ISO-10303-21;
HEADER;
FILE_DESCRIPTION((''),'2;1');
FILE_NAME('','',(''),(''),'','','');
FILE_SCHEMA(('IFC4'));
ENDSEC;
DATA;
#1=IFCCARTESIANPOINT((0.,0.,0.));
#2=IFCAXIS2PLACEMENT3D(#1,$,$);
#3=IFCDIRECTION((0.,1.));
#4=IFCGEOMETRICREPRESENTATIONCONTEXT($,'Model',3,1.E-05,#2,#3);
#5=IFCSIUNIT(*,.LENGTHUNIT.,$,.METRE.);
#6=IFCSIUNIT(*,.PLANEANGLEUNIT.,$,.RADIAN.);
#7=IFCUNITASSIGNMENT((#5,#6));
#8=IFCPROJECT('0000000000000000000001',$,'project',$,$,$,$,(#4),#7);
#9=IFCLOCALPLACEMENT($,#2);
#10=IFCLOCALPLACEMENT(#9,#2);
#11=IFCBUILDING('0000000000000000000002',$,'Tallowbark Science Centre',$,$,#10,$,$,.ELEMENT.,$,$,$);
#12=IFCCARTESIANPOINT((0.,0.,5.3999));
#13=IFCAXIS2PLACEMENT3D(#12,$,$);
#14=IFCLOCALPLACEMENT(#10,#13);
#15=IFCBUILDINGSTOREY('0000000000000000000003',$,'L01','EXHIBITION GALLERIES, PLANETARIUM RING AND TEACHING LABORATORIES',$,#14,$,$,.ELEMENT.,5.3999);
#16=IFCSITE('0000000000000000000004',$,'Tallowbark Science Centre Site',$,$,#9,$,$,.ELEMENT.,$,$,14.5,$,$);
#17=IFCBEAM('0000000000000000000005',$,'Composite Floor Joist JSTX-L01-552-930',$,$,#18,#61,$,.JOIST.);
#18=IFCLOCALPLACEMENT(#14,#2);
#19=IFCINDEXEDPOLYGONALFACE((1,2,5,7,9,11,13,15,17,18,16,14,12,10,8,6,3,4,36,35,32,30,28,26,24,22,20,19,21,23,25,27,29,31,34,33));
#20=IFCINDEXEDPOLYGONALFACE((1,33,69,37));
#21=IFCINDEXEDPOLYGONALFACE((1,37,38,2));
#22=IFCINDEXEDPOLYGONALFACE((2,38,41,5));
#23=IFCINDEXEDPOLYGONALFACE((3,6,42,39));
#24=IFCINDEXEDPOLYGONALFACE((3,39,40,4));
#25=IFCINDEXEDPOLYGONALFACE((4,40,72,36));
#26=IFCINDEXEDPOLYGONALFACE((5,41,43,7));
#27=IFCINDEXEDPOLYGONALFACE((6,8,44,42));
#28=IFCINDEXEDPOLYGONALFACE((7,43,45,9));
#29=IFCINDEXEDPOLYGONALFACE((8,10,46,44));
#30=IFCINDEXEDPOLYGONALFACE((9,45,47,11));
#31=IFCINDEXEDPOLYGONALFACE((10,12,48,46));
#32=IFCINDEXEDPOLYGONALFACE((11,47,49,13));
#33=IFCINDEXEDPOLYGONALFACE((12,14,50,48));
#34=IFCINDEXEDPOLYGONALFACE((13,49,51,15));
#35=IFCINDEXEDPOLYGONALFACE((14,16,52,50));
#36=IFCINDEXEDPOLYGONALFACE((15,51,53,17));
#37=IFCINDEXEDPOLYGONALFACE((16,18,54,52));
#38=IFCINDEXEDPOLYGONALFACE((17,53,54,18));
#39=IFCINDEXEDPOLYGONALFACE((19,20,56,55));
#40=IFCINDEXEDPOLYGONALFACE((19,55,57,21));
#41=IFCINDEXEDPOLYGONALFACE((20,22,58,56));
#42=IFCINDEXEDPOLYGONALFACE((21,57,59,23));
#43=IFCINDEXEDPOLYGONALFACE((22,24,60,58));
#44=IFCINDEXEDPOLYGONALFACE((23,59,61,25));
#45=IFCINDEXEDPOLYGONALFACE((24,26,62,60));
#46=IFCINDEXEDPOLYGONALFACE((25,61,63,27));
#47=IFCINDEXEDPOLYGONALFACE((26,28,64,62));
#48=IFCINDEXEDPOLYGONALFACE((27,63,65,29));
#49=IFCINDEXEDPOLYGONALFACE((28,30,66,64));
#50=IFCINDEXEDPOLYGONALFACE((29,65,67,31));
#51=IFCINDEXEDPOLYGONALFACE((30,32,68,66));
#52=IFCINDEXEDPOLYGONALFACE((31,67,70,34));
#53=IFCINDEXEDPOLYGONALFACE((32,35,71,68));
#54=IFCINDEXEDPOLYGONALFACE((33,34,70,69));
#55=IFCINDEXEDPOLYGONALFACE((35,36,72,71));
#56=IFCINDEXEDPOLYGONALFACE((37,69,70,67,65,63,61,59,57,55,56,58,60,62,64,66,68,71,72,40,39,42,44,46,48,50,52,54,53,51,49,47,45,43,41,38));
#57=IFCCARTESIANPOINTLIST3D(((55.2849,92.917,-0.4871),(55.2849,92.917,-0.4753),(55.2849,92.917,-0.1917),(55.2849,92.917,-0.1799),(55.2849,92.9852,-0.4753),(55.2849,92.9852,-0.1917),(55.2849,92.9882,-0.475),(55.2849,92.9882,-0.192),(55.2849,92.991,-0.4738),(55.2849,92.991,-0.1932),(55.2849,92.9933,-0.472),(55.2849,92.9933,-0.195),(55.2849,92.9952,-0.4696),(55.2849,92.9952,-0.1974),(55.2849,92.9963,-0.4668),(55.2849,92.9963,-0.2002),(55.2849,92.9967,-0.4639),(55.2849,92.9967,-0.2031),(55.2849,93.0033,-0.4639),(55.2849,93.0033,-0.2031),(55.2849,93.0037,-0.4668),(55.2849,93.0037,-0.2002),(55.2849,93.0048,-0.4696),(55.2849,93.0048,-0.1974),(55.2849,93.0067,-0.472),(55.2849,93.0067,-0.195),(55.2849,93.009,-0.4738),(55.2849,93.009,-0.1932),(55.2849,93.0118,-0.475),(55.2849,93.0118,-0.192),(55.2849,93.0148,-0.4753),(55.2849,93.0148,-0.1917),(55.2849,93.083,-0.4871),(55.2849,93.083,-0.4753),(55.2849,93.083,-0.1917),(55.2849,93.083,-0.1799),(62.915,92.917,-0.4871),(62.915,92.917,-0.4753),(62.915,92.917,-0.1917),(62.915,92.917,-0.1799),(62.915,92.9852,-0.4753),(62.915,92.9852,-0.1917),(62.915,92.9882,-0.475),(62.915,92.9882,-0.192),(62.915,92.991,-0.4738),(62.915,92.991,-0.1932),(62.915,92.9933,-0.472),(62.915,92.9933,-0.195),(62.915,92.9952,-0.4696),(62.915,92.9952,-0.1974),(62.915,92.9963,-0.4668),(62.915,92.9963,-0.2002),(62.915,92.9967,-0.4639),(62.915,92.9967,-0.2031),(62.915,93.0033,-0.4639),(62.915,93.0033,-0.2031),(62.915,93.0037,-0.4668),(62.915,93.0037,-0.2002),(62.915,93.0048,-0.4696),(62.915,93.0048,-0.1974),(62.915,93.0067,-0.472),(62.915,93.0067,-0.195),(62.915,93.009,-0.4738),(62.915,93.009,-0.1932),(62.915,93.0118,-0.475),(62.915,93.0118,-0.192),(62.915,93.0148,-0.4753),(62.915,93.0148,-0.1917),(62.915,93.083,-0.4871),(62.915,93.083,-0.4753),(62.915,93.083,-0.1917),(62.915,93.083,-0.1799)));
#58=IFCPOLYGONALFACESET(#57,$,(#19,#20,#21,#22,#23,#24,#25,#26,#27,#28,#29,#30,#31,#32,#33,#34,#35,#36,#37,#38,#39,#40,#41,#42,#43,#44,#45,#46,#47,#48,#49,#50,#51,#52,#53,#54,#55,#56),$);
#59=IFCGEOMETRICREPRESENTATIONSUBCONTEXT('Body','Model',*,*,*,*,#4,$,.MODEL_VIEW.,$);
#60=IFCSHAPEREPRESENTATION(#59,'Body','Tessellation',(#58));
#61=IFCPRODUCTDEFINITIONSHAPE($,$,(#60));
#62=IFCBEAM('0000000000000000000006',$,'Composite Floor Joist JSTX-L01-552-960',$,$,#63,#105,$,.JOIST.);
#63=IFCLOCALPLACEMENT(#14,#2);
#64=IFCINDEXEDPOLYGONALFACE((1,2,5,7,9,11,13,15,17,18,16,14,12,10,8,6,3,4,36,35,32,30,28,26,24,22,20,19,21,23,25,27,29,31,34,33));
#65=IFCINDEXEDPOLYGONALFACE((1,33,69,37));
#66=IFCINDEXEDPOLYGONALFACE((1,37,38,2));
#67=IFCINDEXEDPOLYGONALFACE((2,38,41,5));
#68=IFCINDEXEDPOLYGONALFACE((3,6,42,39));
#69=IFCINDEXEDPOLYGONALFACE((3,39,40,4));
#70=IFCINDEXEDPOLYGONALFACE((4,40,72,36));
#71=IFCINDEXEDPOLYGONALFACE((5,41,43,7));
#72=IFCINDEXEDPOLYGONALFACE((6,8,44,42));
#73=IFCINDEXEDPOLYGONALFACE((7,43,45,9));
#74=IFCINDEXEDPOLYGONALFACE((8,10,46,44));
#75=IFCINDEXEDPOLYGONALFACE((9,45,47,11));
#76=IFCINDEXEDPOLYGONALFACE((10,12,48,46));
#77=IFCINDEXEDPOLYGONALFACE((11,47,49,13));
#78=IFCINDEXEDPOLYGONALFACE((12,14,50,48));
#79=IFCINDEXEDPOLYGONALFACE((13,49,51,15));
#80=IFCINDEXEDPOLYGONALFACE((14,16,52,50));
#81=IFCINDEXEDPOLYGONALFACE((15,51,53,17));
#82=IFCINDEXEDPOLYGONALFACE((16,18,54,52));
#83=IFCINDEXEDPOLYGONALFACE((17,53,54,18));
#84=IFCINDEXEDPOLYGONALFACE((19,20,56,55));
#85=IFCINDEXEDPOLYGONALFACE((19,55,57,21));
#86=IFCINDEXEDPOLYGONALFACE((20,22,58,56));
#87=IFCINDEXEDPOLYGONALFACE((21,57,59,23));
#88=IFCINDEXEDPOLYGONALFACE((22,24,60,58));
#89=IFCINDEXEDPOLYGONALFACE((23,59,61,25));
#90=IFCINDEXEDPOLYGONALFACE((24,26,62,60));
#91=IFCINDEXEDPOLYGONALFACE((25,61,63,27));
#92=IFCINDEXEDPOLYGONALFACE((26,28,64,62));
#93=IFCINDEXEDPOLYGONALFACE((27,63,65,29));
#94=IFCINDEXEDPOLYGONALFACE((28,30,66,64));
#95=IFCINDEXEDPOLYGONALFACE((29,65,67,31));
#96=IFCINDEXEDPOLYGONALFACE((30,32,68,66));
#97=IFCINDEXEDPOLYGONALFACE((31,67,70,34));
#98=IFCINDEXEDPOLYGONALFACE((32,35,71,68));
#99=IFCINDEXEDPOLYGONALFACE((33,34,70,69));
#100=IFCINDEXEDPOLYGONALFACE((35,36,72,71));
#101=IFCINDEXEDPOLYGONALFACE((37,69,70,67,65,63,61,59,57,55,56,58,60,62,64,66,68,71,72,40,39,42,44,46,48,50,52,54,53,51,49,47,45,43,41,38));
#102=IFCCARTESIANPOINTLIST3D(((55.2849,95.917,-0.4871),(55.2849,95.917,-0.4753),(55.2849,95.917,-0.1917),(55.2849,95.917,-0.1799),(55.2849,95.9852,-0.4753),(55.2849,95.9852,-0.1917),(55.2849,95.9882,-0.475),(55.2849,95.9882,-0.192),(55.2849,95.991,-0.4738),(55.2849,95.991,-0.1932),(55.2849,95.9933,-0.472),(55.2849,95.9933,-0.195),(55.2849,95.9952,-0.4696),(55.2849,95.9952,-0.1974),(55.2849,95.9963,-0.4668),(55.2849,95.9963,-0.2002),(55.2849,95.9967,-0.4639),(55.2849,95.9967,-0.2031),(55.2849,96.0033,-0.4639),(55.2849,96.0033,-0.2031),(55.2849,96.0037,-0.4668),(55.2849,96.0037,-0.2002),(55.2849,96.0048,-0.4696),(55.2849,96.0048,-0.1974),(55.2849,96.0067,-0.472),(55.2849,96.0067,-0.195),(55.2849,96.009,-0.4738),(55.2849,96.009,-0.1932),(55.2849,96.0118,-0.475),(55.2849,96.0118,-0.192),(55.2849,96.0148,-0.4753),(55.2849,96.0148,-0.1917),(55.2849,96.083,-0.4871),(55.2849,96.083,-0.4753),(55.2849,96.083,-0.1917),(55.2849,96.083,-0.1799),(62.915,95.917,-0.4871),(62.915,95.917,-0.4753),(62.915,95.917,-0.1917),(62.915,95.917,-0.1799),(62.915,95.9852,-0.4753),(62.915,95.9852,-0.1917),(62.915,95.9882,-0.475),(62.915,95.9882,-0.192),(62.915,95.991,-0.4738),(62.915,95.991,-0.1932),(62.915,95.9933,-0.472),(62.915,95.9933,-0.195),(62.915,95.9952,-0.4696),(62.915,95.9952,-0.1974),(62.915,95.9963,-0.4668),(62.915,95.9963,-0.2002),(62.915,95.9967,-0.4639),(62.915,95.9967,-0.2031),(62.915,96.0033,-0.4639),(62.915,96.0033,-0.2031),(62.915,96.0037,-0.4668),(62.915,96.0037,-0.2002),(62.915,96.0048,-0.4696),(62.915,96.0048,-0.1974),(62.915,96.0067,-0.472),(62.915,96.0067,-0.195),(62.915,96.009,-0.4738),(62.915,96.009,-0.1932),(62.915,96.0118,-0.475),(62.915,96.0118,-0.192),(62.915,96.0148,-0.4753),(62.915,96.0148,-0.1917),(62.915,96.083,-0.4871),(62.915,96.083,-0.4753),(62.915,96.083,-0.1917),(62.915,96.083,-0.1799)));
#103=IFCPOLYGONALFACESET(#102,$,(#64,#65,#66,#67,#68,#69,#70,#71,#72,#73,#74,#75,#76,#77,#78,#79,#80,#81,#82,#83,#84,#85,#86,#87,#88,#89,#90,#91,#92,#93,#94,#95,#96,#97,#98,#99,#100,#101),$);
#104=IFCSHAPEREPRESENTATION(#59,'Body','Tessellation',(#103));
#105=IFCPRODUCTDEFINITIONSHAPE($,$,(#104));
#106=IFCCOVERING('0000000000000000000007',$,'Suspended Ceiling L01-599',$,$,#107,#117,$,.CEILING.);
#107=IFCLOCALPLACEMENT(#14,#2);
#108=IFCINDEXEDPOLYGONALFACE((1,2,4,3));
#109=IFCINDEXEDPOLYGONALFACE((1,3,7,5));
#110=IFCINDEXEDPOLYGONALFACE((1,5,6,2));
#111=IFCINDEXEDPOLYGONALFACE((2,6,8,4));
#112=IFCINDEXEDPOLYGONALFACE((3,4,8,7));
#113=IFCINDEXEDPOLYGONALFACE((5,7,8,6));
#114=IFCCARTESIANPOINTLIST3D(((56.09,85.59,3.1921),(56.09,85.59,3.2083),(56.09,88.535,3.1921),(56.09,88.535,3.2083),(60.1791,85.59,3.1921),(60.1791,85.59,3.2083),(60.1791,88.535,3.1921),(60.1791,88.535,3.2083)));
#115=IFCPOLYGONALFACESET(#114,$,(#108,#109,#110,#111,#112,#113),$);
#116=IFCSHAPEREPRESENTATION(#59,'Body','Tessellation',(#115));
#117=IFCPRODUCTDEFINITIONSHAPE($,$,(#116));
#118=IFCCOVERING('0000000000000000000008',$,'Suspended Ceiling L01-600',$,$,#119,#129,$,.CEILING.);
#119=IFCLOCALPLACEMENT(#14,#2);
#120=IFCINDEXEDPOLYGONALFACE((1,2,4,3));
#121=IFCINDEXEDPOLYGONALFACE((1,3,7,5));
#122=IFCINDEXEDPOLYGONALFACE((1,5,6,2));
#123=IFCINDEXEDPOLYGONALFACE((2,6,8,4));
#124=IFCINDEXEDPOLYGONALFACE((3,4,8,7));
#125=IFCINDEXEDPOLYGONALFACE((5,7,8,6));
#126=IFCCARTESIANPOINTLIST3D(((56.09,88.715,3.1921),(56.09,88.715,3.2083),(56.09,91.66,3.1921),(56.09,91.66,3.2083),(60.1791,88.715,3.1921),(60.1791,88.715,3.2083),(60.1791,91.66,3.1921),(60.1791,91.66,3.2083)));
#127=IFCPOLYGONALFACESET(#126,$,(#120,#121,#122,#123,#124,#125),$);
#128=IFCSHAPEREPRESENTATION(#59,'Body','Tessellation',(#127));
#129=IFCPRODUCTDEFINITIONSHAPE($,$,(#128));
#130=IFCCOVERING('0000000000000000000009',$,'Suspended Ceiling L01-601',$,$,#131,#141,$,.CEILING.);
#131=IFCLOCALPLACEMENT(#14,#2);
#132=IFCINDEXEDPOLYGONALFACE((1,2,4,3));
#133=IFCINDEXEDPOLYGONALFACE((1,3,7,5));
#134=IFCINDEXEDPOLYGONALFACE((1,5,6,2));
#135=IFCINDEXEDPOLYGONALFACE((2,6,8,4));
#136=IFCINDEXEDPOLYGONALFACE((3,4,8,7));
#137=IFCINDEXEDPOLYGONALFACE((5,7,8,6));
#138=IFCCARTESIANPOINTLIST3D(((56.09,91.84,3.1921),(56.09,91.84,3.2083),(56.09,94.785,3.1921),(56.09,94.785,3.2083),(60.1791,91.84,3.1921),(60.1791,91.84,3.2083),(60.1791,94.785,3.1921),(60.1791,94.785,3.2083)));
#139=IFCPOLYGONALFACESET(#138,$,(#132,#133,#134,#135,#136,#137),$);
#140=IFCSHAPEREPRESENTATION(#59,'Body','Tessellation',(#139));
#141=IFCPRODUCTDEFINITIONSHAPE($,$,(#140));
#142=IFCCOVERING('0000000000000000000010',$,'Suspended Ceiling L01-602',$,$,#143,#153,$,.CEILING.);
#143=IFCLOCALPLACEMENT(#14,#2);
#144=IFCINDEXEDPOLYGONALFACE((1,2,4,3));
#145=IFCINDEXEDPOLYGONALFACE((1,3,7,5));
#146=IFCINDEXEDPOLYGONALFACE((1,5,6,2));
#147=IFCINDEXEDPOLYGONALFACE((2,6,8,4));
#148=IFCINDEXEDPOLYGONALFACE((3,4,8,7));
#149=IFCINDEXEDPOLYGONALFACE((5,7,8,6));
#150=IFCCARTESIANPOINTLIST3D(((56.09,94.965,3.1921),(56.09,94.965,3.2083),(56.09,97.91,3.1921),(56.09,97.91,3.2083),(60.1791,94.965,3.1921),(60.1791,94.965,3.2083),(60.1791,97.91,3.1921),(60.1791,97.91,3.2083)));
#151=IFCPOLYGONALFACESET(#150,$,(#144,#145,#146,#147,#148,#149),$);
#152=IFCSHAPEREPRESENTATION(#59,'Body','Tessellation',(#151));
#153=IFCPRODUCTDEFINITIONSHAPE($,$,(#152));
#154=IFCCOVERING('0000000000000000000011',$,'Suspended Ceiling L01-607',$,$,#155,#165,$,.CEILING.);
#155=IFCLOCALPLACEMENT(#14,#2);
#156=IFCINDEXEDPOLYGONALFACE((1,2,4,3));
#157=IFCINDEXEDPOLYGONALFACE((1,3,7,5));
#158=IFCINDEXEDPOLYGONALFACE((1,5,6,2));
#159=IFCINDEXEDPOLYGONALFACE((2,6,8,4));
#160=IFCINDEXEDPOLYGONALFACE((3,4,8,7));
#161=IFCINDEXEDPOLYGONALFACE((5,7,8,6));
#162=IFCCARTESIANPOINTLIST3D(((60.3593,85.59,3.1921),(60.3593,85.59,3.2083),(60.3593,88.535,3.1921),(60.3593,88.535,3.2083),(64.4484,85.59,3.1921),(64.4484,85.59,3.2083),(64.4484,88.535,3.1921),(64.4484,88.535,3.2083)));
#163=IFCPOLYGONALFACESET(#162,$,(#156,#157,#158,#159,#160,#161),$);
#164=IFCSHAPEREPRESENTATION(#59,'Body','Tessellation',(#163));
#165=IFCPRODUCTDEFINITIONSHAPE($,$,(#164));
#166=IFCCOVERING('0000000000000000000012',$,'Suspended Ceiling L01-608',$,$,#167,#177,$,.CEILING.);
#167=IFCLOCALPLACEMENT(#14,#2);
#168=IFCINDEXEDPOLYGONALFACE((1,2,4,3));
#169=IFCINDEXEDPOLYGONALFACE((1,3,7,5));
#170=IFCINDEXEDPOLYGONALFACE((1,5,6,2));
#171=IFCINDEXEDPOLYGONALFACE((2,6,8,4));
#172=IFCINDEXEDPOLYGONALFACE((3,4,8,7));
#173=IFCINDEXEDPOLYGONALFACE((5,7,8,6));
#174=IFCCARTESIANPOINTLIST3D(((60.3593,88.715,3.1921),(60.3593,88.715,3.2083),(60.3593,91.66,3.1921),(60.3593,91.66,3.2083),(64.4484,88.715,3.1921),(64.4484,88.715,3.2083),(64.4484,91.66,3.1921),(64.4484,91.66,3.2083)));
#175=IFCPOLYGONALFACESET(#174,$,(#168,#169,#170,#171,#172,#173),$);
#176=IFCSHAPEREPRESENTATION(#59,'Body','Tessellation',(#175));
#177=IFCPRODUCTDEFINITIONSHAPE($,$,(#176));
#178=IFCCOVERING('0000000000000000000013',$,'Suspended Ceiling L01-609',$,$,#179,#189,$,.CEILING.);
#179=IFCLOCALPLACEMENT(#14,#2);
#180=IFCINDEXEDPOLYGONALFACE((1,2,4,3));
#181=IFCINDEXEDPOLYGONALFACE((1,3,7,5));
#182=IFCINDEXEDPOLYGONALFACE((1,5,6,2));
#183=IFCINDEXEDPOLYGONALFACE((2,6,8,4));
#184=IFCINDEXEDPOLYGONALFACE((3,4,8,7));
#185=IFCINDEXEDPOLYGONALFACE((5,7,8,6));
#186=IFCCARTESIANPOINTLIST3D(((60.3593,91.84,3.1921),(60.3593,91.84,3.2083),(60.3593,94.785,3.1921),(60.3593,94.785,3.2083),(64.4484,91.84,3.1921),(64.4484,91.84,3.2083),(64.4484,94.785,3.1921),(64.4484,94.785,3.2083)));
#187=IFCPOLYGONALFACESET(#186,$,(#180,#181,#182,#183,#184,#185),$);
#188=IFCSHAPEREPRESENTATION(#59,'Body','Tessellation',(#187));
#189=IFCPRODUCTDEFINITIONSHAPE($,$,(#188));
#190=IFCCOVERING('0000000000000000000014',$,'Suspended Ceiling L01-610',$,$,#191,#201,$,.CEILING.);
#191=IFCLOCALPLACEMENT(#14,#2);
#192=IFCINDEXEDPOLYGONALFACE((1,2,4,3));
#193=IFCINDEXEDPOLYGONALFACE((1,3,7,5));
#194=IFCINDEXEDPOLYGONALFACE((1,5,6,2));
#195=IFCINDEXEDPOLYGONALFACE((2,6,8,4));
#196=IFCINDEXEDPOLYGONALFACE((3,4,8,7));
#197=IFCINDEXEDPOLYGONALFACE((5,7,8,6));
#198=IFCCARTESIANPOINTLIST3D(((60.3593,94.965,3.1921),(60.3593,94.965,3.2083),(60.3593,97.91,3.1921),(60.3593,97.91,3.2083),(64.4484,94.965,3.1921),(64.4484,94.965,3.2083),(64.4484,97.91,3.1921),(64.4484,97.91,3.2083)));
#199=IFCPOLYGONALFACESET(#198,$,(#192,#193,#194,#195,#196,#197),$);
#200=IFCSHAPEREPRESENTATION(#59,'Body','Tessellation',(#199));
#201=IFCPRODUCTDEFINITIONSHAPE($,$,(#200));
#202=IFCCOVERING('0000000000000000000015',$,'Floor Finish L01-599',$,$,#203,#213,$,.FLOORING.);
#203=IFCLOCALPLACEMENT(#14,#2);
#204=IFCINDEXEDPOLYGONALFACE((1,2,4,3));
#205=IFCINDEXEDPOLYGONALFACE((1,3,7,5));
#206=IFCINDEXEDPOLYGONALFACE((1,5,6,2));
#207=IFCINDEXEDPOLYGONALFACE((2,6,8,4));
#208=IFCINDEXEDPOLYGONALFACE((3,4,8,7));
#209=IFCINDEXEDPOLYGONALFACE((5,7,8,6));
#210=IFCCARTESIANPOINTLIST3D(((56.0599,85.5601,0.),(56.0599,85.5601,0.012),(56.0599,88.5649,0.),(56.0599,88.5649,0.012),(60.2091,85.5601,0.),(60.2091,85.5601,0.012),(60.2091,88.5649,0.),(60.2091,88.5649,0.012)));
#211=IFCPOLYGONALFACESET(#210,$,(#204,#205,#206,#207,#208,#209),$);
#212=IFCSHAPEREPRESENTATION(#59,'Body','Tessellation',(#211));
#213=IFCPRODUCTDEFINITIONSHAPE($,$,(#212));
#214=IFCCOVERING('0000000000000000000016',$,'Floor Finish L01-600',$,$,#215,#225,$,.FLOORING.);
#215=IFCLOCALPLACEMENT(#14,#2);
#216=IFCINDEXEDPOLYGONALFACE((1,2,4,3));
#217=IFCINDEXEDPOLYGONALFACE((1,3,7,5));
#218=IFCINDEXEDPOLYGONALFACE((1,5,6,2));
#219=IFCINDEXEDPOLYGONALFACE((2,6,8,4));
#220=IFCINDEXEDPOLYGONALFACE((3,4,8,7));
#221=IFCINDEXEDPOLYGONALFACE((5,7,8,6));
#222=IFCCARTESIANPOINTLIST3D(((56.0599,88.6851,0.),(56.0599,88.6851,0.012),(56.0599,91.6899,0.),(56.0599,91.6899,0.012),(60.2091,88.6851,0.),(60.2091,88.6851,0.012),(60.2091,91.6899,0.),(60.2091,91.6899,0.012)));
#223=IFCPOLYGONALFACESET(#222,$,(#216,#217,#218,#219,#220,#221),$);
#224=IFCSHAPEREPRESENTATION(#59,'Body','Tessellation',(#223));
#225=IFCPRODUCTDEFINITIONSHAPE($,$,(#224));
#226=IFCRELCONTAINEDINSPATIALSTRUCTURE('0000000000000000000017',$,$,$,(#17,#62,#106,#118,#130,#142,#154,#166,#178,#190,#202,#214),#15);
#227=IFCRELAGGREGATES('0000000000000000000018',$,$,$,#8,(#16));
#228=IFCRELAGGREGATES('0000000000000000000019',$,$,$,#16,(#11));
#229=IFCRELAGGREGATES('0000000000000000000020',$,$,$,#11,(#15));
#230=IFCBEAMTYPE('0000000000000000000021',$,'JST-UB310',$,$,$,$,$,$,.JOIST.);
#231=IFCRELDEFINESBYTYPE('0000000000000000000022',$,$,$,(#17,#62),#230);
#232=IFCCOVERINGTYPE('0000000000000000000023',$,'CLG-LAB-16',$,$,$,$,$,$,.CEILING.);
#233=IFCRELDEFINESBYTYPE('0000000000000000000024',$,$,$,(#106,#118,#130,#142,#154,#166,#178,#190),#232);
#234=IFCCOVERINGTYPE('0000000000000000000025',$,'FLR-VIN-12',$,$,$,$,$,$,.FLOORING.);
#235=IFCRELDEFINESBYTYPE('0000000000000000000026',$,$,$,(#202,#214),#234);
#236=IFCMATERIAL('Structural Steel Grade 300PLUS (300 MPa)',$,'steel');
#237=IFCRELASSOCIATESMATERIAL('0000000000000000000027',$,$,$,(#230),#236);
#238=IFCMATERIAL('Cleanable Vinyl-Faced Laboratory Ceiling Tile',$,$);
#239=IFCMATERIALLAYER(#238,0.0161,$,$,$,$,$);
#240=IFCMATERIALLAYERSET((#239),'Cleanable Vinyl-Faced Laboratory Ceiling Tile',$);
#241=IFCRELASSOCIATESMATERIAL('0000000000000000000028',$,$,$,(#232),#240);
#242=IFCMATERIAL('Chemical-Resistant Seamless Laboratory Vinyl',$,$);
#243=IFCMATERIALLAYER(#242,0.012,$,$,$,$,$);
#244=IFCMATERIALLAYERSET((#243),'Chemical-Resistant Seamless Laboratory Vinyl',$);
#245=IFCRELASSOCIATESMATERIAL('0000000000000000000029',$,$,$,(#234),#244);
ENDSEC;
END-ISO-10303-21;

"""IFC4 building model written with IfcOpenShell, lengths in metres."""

from ifc_helpers import new_model, si_unit, direction, frame, origin, origin_2d, place, context, subcontext, project, spatial, rectangle, i_section, extrude, material, layer, layer_set, material_profile, profile_set, type_object, element, save


model = new_model("IFC4")

# Units and contexts
model_context = context("Model", 3, precision=1e-05, world=origin(), true_north=direction((0.0, 1.0)))
body_context = subcontext(model_context, "Body", "Model", "MODEL_VIEW")
ifc_project = project(units=[si_unit("LENGTHUNIT", "METRE"), si_unit("PLANEANGLEUNIT", "RADIAN")], contexts=[model_context])

# Site, building, storey
site_placement = place(None, origin())
site = spatial("IfcSite", under=ifc_project, at=site_placement, Name="Tallowbark Science Centre Site", CompositionType="ELEMENT", RefElevation=14.5)
building_placement = place(site_placement, origin())
building = spatial("IfcBuilding", under=site, at=building_placement, Name="Tallowbark Science Centre", CompositionType="ELEMENT")
storey_placement = place(building_placement, frame((0.0, 0.0, 5.3999)))
storey = spatial("IfcBuildingStorey", under=building, at=storey_placement, Name="L01", Description="EXHIBITION GALLERIES, PLANETARIUM RING AND TEACHING LABORATORIES", CompositionType="ELEMENT", Elevation=5.3999)

# Shared definitions
ifc_material_1 = material(Name="Structural Steel Grade 300PLUS (300 MPa)", Category="steel")

# Beams
ifc_material_profile_1 = material_profile(ifc_material_1, i_section(OverallWidth=0.166, OverallDepth=0.3071, WebThickness=0.0066, FlangeThickness=0.0117, FilletRadius=0.0115, at=origin_2d()), Name="310UB46.2")
ifc_profile_set_1 = profile_set([ifc_material_profile_1], Name="Structural Steel Grade 300PLUS (300 MPa)")
beam_type_1 = type_object("IfcBeamType", Name="JST-UB310", PredefinedType="JOIST", material=ifc_profile_set_1)
for number, where, z_axis, x_axis, name in (
    (1, (55.2849, 93.0, -0.3335), (1.0, 0.0, 0.0), (0.0, 1.0, 0.0), "Composite Floor Joist JSTX-L01-552-930"),
    (2, (55.2849, 96.0, -0.3335), (1.0, 0.0, 0.0), (0.0, 1.0, 0.0), "Composite Floor Joist JSTX-L01-552-960"),
):
    element("IfcBeam", number, at=place(storey_placement, frame(where, z_axis=z_axis, x_axis=x_axis)), inside=storey, type_object=beam_type_1, Name=name, PredefinedType="JOIST", context=body_context, shape_type="SweptSolid", body=[
        extrude(i_section(OverallWidth=0.166, OverallDepth=0.3071, WebThickness=0.0066, FlangeThickness=0.0117, FilletRadius=0.0115, at=origin_2d()), origin(), (0.0, 0.0, 1.0), 7.6301),
    ])

# Coverings
ifc_material_2 = material(Name="Cleanable Vinyl-Faced Laboratory Ceiling Tile")
ifc_layer_1 = layer(ifc_material_2, 0.0161)
ifc_layer_set_1 = layer_set([ifc_layer_1], Name="Cleanable Vinyl-Faced Laboratory Ceiling Tile")
covering_type_1 = type_object("IfcCoveringType", Name="CLG-LAB-16", PredefinedType="CEILING", material=ifc_layer_set_1)
for number, where, z_axis, x_axis, name in (
    (3, (58.1345, 87.0625, 3.1921), (0.0, 0.0, 1.0), (1.0, 0.0, 0.0), "Suspended Ceiling L01-599"),
    (4, (58.1345, 90.1875, 3.1921), (0.0, 0.0, 1.0), (1.0, 0.0, 0.0), "Suspended Ceiling L01-600"),
    (5, (58.1345, 93.3125, 3.1921), (0.0, 0.0, 1.0), (1.0, 0.0, 0.0), "Suspended Ceiling L01-601"),
    (6, (58.1345, 96.4375, 3.1921), (0.0, 0.0, 1.0), (1.0, 0.0, 0.0), "Suspended Ceiling L01-602"),
    (7, (62.4038, 87.0625, 3.1921), (0.0, 0.0, 1.0), (1.0, 0.0, 0.0), "Suspended Ceiling L01-607"),
    (8, (62.4038, 90.1875, 3.1921), (0.0, 0.0, 1.0), (1.0, 0.0, 0.0), "Suspended Ceiling L01-608"),
    (9, (62.4038, 93.3125, 3.1921), (0.0, 0.0, 1.0), (1.0, 0.0, 0.0), "Suspended Ceiling L01-609"),
    (10, (62.4038, 96.4375, 3.1921), (0.0, 0.0, 1.0), (1.0, 0.0, 0.0), "Suspended Ceiling L01-610"),
):
    element("IfcCovering", number, at=place(storey_placement, frame(where, z_axis=z_axis, x_axis=x_axis)), inside=storey, type_object=covering_type_1, Name=name, PredefinedType="CEILING", context=body_context, shape_type="SweptSolid", body=[
        extrude(rectangle(XDim=4.0891, YDim=2.9451, at=origin_2d()), origin(), (0.0, 0.0, 1.0), 0.0161),
    ])
ifc_material_3 = material(Name="Chemical-Resistant Seamless Laboratory Vinyl")
ifc_layer_2 = layer(ifc_material_3, 0.012)
ifc_layer_set_2 = layer_set([ifc_layer_2], Name="Chemical-Resistant Seamless Laboratory Vinyl")
covering_type_2 = type_object("IfcCoveringType", Name="FLR-VIN-12", PredefinedType="FLOORING", material=ifc_layer_set_2)
for number, where, z_axis, x_axis, name in (
    (11, (58.1345, 87.0625, 0.0), (0.0, 0.0, 1.0), (1.0, 0.0, 0.0), "Floor Finish L01-599"),
    (12, (58.1345, 90.1875, 0.0), (0.0, 0.0, 1.0), (1.0, 0.0, 0.0), "Floor Finish L01-600"),
):
    element("IfcCovering", number, at=place(storey_placement, frame(where, z_axis=z_axis, x_axis=x_axis)), inside=storey, type_object=covering_type_2, Name=name, PredefinedType="FLOORING", context=body_context, shape_type="SweptSolid", body=[
        extrude(rectangle(XDim=4.1492, YDim=3.0049, at=origin_2d()), origin(), (0.0, 0.0, 1.0), 0.012),
    ])

save(model, "model.ifc")
